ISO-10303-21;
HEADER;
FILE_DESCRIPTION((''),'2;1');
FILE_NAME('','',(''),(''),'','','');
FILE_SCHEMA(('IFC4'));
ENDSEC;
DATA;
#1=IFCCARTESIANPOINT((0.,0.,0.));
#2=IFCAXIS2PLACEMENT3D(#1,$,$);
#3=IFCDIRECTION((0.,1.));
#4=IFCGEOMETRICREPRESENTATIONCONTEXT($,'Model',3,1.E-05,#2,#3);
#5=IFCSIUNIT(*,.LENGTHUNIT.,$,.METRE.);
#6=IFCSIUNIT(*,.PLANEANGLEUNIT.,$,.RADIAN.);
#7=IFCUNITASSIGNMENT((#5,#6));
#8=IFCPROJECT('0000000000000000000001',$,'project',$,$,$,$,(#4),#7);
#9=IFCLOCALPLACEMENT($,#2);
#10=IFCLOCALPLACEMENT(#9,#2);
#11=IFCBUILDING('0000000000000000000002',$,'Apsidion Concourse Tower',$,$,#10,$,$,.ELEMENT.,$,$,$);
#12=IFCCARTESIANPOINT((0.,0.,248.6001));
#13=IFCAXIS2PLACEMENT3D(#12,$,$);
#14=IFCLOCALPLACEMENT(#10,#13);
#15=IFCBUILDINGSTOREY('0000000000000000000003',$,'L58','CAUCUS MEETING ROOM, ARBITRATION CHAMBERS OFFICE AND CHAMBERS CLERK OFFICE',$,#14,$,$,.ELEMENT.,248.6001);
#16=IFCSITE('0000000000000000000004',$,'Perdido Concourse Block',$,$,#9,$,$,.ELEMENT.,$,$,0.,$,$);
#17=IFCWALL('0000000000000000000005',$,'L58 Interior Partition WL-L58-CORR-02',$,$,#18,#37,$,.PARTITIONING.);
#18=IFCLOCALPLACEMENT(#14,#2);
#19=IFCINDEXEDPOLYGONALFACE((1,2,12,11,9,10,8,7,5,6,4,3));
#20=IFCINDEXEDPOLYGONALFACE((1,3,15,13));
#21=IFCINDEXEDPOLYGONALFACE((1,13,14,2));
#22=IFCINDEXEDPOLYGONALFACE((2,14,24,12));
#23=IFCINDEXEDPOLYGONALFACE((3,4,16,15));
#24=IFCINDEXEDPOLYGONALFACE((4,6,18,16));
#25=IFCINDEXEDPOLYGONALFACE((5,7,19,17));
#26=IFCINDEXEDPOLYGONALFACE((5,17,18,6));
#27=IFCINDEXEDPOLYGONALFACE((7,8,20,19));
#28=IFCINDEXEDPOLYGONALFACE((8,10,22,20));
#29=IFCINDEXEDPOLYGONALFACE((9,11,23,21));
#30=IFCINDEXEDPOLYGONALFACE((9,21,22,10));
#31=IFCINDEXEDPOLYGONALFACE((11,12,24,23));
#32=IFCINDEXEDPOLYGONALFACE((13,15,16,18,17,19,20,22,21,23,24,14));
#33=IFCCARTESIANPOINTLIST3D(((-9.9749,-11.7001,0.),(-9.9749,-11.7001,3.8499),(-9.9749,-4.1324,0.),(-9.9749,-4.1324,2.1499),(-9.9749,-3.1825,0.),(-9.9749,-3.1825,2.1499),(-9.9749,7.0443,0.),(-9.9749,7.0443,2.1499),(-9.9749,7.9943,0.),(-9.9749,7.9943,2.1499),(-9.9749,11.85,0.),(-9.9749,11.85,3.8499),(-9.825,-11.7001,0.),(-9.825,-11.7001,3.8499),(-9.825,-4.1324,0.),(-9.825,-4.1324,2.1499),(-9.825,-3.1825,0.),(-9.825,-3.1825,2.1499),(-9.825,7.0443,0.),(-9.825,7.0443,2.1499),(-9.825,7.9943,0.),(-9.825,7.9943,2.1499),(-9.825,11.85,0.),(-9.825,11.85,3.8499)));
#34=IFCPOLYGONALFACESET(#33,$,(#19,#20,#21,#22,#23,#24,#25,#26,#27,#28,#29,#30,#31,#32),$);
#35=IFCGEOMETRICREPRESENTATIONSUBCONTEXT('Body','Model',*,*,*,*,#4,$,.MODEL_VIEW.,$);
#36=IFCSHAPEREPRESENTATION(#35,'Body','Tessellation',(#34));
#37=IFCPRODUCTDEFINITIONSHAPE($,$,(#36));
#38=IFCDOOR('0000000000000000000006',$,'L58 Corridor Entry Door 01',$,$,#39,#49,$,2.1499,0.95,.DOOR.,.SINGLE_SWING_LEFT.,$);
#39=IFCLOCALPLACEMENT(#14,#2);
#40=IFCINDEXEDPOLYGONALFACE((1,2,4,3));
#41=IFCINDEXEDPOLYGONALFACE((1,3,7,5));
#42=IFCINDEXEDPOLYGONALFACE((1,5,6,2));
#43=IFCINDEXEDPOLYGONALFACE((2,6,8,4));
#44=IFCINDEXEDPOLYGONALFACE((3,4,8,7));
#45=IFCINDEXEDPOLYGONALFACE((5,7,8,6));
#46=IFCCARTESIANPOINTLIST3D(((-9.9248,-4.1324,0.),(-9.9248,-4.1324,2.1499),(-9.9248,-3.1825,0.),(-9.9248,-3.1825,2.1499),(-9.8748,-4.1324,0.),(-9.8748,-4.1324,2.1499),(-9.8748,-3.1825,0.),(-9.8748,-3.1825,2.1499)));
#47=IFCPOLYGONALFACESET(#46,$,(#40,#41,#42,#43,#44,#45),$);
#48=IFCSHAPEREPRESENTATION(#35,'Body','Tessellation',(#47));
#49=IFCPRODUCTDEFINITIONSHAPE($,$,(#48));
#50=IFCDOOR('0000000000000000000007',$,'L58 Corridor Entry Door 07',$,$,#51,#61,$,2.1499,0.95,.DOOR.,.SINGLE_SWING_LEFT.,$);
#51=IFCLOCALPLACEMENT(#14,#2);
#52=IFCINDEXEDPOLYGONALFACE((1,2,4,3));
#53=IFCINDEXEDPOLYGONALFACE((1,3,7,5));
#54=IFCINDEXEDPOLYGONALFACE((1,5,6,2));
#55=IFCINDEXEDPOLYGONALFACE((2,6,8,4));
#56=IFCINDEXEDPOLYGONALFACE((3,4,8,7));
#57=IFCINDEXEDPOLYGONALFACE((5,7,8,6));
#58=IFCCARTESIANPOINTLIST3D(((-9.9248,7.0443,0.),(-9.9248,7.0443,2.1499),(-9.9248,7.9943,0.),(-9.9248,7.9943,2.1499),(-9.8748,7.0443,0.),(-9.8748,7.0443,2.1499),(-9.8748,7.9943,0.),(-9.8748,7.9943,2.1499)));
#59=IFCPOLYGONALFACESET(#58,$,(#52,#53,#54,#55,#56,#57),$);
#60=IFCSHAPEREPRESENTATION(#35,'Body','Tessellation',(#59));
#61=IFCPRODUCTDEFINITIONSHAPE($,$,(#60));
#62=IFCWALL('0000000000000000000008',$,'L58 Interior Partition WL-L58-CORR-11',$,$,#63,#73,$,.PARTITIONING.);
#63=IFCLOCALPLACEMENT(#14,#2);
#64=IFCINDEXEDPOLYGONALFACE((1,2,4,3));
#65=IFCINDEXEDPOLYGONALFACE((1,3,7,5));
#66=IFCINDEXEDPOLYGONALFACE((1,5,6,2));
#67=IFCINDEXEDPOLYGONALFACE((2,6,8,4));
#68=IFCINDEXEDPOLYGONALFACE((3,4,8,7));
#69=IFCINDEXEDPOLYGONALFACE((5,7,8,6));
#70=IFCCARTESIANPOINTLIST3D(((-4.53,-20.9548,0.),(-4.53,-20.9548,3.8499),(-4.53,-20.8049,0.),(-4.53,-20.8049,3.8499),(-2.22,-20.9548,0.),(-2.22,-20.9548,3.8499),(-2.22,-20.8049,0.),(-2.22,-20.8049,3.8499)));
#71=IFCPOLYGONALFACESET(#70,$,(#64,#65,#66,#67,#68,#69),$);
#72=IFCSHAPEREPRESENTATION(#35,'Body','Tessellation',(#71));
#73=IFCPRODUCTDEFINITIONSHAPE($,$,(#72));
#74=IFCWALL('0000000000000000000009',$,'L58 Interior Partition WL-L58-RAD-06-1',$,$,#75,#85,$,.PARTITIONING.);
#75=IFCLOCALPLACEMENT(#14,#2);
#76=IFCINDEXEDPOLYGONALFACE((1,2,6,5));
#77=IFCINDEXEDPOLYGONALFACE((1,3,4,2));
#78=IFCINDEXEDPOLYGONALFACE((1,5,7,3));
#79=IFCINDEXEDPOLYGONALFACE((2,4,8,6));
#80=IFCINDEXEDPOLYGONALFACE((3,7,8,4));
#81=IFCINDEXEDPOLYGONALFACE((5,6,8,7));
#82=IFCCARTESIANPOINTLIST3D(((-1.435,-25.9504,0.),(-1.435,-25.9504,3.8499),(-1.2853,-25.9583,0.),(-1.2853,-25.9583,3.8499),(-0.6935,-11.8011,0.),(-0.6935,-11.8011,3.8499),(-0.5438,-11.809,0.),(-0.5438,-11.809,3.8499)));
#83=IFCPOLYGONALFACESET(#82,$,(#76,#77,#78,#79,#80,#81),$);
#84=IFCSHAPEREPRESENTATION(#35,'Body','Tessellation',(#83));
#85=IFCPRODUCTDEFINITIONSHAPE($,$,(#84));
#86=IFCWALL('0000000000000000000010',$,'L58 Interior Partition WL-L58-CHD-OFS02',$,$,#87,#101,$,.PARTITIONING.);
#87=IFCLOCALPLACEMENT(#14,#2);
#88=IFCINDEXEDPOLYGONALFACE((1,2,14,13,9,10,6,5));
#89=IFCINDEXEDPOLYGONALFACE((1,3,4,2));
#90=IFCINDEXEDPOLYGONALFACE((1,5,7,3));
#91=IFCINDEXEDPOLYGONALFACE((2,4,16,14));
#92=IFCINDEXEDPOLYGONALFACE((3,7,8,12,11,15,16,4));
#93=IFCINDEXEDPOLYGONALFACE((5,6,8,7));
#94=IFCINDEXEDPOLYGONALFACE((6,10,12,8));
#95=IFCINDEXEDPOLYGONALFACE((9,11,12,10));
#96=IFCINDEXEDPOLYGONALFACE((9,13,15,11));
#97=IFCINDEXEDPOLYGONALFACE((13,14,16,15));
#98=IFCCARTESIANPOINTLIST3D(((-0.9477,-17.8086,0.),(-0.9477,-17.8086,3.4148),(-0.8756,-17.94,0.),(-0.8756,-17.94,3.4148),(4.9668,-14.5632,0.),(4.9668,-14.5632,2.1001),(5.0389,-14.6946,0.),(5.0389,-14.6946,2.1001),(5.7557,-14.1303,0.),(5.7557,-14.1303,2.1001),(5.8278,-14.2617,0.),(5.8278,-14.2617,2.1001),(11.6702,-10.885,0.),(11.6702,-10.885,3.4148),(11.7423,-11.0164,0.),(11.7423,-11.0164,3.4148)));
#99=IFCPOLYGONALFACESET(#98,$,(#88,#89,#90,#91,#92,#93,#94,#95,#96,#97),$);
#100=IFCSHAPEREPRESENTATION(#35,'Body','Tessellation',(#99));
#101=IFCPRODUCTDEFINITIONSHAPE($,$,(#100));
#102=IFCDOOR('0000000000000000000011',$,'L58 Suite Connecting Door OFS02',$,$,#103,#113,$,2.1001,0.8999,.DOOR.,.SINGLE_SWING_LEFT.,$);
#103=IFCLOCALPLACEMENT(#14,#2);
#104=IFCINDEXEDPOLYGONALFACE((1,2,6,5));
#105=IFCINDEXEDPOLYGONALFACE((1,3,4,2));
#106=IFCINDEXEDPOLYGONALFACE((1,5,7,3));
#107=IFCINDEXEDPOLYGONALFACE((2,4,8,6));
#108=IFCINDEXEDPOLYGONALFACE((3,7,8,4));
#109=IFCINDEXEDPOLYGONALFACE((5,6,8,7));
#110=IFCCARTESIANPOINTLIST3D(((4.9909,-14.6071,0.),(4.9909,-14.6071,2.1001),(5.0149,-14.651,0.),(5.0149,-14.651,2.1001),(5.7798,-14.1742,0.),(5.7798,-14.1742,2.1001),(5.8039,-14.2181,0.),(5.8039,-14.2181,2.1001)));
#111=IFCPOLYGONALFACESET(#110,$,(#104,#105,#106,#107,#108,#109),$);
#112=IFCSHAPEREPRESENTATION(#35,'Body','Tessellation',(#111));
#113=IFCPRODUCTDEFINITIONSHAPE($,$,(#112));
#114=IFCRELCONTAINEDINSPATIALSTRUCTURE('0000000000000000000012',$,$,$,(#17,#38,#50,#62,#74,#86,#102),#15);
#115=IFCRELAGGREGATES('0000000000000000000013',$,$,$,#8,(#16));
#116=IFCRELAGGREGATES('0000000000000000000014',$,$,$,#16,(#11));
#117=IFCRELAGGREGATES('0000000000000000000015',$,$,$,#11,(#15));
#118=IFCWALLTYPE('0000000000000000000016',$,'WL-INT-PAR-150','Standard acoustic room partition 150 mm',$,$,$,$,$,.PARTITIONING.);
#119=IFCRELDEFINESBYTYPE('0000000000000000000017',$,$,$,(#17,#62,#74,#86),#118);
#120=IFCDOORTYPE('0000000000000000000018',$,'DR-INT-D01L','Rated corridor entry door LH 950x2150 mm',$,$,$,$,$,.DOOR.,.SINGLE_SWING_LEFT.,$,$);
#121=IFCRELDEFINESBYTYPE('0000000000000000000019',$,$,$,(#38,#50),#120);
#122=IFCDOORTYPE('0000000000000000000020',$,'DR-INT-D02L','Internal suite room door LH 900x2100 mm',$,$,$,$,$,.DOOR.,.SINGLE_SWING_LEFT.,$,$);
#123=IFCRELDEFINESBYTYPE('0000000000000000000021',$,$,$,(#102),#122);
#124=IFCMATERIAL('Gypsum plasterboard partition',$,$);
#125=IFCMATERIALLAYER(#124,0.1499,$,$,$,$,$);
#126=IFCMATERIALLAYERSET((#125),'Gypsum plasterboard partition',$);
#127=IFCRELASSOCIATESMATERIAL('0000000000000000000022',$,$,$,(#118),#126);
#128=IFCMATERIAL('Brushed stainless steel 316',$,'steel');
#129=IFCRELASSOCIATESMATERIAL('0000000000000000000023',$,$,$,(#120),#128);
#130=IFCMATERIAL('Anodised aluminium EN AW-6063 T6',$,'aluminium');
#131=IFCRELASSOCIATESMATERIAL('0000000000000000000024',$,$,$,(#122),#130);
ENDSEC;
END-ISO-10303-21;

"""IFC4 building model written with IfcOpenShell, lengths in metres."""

from ifc_helpers import new_model, si_unit, direction, frame, frame_2d, origin, place, context, subcontext, project, spatial, rectangle, extrude, material, layer, layer_set, type_object, element, fill, save


model = new_model("IFC4")

# Units and contexts
model_context = context("Model", 3, precision=1e-05, world=origin(), true_north=direction((0.0, 1.0)))
body_context = subcontext(model_context, "Body", "Model", "MODEL_VIEW")
ifc_project = project(units=[si_unit("LENGTHUNIT", "METRE"), si_unit("PLANEANGLEUNIT", "RADIAN")], contexts=[model_context])

# Site, building, storey
site_placement = place(None, origin())
site = spatial("IfcSite", under=ifc_project, at=site_placement, Name="Perdido Concourse Block", CompositionType="ELEMENT", RefElevation=0.0)
building_placement = place(site_placement, origin())
building = spatial("IfcBuilding", under=site, at=building_placement, Name="Apsidion Concourse Tower", CompositionType="ELEMENT")
storey_placement = place(building_placement, frame((0.0, 0.0, 248.6001)))
storey = spatial("IfcBuildingStorey", under=building, at=storey_placement, Name="L58", Description="CAUCUS MEETING ROOM, ARBITRATION CHAMBERS OFFICE AND CHAMBERS CLERK OFFICE", CompositionType="ELEMENT", Elevation=248.6001)

# Shared definitions
ifc_material_1 = material(Name="Gypsum plasterboard partition")
ifc_layer = layer(ifc_material_1, 0.1499)
ifc_layer_set = layer_set([ifc_layer], Name="Gypsum plasterboard partition")
wall_type = type_object("IfcWallType", Name="WL-INT-PAR-150", Description="Standard acoustic room partition 150 mm", PredefinedType="PARTITIONING", material=ifc_layer_set)

# Wall, openings, doors
wall_1_placement = place(storey_placement, frame((-9.8999, -11.7, 0.0), z_axis=(0.0, 0.0, 1.0), x_axis=(0.0, 1.0, 0.0)))
wall_1 = element("IfcWall", 1, at=wall_1_placement, inside=storey, type_object=wall_type, Name="L58 Interior Partition WL-L58-CORR-02", PredefinedType="PARTITIONING", context=body_context, shape_type="SweptSolid", body=[
    extrude(rectangle(XDim=23.55, YDim=0.1499, at=frame_2d((11.7749, 0.0))), origin(), (0.0, 0.0, 1.0), 3.8499),
])
opening_1_placement = place(wall_1_placement, frame((7.5674, 0.0, 0.0)))
opening_1 = element("IfcOpeningElement", 2, at=opening_1_placement, cuts=wall_1, PredefinedType="OPENING", context=body_context, shape_type="SweptSolid", body=[
    extrude(rectangle(XDim=0.95, YDim=2.1499, at=frame_2d((0.4751, 1.075))), frame((0.0, 0.085, 0.0), z_axis=(0.0, -1.0, 0.0), x_axis=(1.0, 0.0, 0.0)), (0.0, 0.0, 1.0), 0.1699),
])
opening_2_placement = place(wall_1_placement, frame((18.7441, 0.0, 0.0)))
opening_2 = element("IfcOpeningElement", 3, at=opening_2_placement, cuts=wall_1, PredefinedType="OPENING", context=body_context, shape_type="SweptSolid", body=[
    extrude(rectangle(XDim=0.95, YDim=2.1499, at=frame_2d((0.4751, 1.075))), frame((0.0, 0.085, 0.0), z_axis=(0.0, -1.0, 0.0), x_axis=(1.0, 0.0, 0.0)), (0.0, 0.0, 1.0), 0.1699),
])
ifc_material_2 = material(Name="Brushed stainless steel 316", Category="steel")
door_type_1 = type_object("IfcDoorType", Name="DR-INT-D01L", Description="Rated corridor entry door LH 950x2150 mm", OperationType="SINGLE_SWING_LEFT", PredefinedType="DOOR", material=ifc_material_2)
door_1_placement = place(opening_1_placement, origin())
door_1 = element("IfcDoor", 4, at=door_1_placement, inside=storey, type_object=door_type_1, Name="L58 Corridor Entry Door 01", OperationType="SINGLE_SWING_LEFT", OverallHeight=2.1499, OverallWidth=0.95, PredefinedType="DOOR", context=body_context, shape_type="SweptSolid", body=[
    extrude(rectangle(XDim=0.95, YDim=2.1499, at=frame_2d((0.4751, 1.075))), frame((0.0, 0.0249, 0.0), z_axis=(0.0, -1.0, 0.0), x_axis=(1.0, 0.0, 0.0)), (0.0, 0.0, 1.0), 0.05),
])
fill(opening_1, door_1)
door_2_placement = place(opening_2_placement, origin())
door_2 = element("IfcDoor", 5, at=door_2_placement, inside=storey, type_object=door_type_1, Name="L58 Corridor Entry Door 07", OperationType="SINGLE_SWING_LEFT", OverallHeight=2.1499, OverallWidth=0.95, PredefinedType="DOOR", context=body_context, shape_type="SweptSolid", body=[
    extrude(rectangle(XDim=0.95, YDim=2.1499, at=frame_2d((0.4751, 1.075))), frame((0.0, 0.0249, 0.0), z_axis=(0.0, -1.0, 0.0), x_axis=(1.0, 0.0, 0.0)), (0.0, 0.0, 1.0), 0.05),
])
fill(opening_2, door_2)

# Walls
wall_2_placement = place(storey_placement, frame((-2.22, -20.8799, 0.0), z_axis=(0.0, 0.0, 1.0), x_axis=(-1.0, 0.0, 0.0)))
element("IfcWall", 6, at=wall_2_placement, inside=storey, type_object=wall_type, Name="L58 Interior Partition WL-L58-CORR-11", PredefinedType="PARTITIONING", context=body_context, shape_type="SweptSolid", body=[
    extrude(rectangle(XDim=2.3101, YDim=0.1499, at=frame_2d((1.155, 0.0))), origin(), (0.0, 0.0, 1.0), 3.8499),
])
wall_3_placement = place(storey_placement, frame((-0.6187, -11.8049, 0.0), z_axis=(0.0, 0.0, 1.0), x_axis=(-0.052331, -0.99863, 0.0)))
element("IfcWall", 7, at=wall_3_placement, inside=storey, type_object=wall_type, Name="L58 Interior Partition WL-L58-RAD-06-1", PredefinedType="PARTITIONING", context=body_context, shape_type="SweptSolid", body=[
    extrude(rectangle(XDim=14.1687, YDim=0.1499, at=frame_2d((7.0845, 0.0))), origin(), (0.0, 0.0, 1.0), 3.8499),
])

# Wall, opening, door
wall_4_placement = place(storey_placement, frame((-0.9116, -17.8743, 0.0), z_axis=(0.0, 0.0, 1.0), x_axis=(0.876693, 0.481051, 0.0)))
wall_4 = element("IfcWall", 8, at=wall_4_placement, inside=storey, type_object=wall_type, Name="L58 Interior Partition WL-L58-CHD-OFS02", PredefinedType="PARTITIONING", context=body_context, shape_type="SweptSolid", body=[
    extrude(rectangle(XDim=14.3926, YDim=0.1499, at=frame_2d((7.1963, 0.0))), origin(), (0.0, 0.0, 1.0), 3.4148),
])
opening_3_placement = place(wall_4_placement, frame((6.7463, 0.0, 0.0)))
opening_3 = element("IfcOpeningElement", 9, at=opening_3_placement, cuts=wall_4, PredefinedType="OPENING", context=body_context, shape_type="SweptSolid", body=[
    extrude(rectangle(XDim=0.8999, YDim=2.1001, at=frame_2d((0.45, 1.05))), frame((0.0, 0.085, 0.0), z_axis=(0.0, -1.0, 0.0), x_axis=(1.0, 0.0, 0.0)), (0.0, 0.0, 1.0), 0.1699),
])
ifc_material_3 = material(Name="Anodised aluminium EN AW-6063 T6", Category="aluminium")
door_type_2 = type_object("IfcDoorType", Name="DR-INT-D02L", Description="Internal suite room door LH 900x2100 mm", OperationType="SINGLE_SWING_LEFT", PredefinedType="DOOR", material=ifc_material_3)
door_3_placement = place(opening_3_placement, origin())
door_3 = element("IfcDoor", 10, at=door_3_placement, inside=storey, type_object=door_type_2, Name="L58 Suite Connecting Door OFS02", OperationType="SINGLE_SWING_LEFT", OverallHeight=2.1001, OverallWidth=0.8999, PredefinedType="DOOR", context=body_context, shape_type="SweptSolid", body=[
    extrude(rectangle(XDim=0.8999, YDim=2.1001, at=frame_2d((0.45, 1.05))), frame((0.0, 0.0249, 0.0), z_axis=(0.0, -1.0, 0.0), x_axis=(1.0, 0.0, 0.0)), (0.0, 0.0, 1.0), 0.05),
])
fill(opening_3, door_3)

save(model, "model.ifc")
